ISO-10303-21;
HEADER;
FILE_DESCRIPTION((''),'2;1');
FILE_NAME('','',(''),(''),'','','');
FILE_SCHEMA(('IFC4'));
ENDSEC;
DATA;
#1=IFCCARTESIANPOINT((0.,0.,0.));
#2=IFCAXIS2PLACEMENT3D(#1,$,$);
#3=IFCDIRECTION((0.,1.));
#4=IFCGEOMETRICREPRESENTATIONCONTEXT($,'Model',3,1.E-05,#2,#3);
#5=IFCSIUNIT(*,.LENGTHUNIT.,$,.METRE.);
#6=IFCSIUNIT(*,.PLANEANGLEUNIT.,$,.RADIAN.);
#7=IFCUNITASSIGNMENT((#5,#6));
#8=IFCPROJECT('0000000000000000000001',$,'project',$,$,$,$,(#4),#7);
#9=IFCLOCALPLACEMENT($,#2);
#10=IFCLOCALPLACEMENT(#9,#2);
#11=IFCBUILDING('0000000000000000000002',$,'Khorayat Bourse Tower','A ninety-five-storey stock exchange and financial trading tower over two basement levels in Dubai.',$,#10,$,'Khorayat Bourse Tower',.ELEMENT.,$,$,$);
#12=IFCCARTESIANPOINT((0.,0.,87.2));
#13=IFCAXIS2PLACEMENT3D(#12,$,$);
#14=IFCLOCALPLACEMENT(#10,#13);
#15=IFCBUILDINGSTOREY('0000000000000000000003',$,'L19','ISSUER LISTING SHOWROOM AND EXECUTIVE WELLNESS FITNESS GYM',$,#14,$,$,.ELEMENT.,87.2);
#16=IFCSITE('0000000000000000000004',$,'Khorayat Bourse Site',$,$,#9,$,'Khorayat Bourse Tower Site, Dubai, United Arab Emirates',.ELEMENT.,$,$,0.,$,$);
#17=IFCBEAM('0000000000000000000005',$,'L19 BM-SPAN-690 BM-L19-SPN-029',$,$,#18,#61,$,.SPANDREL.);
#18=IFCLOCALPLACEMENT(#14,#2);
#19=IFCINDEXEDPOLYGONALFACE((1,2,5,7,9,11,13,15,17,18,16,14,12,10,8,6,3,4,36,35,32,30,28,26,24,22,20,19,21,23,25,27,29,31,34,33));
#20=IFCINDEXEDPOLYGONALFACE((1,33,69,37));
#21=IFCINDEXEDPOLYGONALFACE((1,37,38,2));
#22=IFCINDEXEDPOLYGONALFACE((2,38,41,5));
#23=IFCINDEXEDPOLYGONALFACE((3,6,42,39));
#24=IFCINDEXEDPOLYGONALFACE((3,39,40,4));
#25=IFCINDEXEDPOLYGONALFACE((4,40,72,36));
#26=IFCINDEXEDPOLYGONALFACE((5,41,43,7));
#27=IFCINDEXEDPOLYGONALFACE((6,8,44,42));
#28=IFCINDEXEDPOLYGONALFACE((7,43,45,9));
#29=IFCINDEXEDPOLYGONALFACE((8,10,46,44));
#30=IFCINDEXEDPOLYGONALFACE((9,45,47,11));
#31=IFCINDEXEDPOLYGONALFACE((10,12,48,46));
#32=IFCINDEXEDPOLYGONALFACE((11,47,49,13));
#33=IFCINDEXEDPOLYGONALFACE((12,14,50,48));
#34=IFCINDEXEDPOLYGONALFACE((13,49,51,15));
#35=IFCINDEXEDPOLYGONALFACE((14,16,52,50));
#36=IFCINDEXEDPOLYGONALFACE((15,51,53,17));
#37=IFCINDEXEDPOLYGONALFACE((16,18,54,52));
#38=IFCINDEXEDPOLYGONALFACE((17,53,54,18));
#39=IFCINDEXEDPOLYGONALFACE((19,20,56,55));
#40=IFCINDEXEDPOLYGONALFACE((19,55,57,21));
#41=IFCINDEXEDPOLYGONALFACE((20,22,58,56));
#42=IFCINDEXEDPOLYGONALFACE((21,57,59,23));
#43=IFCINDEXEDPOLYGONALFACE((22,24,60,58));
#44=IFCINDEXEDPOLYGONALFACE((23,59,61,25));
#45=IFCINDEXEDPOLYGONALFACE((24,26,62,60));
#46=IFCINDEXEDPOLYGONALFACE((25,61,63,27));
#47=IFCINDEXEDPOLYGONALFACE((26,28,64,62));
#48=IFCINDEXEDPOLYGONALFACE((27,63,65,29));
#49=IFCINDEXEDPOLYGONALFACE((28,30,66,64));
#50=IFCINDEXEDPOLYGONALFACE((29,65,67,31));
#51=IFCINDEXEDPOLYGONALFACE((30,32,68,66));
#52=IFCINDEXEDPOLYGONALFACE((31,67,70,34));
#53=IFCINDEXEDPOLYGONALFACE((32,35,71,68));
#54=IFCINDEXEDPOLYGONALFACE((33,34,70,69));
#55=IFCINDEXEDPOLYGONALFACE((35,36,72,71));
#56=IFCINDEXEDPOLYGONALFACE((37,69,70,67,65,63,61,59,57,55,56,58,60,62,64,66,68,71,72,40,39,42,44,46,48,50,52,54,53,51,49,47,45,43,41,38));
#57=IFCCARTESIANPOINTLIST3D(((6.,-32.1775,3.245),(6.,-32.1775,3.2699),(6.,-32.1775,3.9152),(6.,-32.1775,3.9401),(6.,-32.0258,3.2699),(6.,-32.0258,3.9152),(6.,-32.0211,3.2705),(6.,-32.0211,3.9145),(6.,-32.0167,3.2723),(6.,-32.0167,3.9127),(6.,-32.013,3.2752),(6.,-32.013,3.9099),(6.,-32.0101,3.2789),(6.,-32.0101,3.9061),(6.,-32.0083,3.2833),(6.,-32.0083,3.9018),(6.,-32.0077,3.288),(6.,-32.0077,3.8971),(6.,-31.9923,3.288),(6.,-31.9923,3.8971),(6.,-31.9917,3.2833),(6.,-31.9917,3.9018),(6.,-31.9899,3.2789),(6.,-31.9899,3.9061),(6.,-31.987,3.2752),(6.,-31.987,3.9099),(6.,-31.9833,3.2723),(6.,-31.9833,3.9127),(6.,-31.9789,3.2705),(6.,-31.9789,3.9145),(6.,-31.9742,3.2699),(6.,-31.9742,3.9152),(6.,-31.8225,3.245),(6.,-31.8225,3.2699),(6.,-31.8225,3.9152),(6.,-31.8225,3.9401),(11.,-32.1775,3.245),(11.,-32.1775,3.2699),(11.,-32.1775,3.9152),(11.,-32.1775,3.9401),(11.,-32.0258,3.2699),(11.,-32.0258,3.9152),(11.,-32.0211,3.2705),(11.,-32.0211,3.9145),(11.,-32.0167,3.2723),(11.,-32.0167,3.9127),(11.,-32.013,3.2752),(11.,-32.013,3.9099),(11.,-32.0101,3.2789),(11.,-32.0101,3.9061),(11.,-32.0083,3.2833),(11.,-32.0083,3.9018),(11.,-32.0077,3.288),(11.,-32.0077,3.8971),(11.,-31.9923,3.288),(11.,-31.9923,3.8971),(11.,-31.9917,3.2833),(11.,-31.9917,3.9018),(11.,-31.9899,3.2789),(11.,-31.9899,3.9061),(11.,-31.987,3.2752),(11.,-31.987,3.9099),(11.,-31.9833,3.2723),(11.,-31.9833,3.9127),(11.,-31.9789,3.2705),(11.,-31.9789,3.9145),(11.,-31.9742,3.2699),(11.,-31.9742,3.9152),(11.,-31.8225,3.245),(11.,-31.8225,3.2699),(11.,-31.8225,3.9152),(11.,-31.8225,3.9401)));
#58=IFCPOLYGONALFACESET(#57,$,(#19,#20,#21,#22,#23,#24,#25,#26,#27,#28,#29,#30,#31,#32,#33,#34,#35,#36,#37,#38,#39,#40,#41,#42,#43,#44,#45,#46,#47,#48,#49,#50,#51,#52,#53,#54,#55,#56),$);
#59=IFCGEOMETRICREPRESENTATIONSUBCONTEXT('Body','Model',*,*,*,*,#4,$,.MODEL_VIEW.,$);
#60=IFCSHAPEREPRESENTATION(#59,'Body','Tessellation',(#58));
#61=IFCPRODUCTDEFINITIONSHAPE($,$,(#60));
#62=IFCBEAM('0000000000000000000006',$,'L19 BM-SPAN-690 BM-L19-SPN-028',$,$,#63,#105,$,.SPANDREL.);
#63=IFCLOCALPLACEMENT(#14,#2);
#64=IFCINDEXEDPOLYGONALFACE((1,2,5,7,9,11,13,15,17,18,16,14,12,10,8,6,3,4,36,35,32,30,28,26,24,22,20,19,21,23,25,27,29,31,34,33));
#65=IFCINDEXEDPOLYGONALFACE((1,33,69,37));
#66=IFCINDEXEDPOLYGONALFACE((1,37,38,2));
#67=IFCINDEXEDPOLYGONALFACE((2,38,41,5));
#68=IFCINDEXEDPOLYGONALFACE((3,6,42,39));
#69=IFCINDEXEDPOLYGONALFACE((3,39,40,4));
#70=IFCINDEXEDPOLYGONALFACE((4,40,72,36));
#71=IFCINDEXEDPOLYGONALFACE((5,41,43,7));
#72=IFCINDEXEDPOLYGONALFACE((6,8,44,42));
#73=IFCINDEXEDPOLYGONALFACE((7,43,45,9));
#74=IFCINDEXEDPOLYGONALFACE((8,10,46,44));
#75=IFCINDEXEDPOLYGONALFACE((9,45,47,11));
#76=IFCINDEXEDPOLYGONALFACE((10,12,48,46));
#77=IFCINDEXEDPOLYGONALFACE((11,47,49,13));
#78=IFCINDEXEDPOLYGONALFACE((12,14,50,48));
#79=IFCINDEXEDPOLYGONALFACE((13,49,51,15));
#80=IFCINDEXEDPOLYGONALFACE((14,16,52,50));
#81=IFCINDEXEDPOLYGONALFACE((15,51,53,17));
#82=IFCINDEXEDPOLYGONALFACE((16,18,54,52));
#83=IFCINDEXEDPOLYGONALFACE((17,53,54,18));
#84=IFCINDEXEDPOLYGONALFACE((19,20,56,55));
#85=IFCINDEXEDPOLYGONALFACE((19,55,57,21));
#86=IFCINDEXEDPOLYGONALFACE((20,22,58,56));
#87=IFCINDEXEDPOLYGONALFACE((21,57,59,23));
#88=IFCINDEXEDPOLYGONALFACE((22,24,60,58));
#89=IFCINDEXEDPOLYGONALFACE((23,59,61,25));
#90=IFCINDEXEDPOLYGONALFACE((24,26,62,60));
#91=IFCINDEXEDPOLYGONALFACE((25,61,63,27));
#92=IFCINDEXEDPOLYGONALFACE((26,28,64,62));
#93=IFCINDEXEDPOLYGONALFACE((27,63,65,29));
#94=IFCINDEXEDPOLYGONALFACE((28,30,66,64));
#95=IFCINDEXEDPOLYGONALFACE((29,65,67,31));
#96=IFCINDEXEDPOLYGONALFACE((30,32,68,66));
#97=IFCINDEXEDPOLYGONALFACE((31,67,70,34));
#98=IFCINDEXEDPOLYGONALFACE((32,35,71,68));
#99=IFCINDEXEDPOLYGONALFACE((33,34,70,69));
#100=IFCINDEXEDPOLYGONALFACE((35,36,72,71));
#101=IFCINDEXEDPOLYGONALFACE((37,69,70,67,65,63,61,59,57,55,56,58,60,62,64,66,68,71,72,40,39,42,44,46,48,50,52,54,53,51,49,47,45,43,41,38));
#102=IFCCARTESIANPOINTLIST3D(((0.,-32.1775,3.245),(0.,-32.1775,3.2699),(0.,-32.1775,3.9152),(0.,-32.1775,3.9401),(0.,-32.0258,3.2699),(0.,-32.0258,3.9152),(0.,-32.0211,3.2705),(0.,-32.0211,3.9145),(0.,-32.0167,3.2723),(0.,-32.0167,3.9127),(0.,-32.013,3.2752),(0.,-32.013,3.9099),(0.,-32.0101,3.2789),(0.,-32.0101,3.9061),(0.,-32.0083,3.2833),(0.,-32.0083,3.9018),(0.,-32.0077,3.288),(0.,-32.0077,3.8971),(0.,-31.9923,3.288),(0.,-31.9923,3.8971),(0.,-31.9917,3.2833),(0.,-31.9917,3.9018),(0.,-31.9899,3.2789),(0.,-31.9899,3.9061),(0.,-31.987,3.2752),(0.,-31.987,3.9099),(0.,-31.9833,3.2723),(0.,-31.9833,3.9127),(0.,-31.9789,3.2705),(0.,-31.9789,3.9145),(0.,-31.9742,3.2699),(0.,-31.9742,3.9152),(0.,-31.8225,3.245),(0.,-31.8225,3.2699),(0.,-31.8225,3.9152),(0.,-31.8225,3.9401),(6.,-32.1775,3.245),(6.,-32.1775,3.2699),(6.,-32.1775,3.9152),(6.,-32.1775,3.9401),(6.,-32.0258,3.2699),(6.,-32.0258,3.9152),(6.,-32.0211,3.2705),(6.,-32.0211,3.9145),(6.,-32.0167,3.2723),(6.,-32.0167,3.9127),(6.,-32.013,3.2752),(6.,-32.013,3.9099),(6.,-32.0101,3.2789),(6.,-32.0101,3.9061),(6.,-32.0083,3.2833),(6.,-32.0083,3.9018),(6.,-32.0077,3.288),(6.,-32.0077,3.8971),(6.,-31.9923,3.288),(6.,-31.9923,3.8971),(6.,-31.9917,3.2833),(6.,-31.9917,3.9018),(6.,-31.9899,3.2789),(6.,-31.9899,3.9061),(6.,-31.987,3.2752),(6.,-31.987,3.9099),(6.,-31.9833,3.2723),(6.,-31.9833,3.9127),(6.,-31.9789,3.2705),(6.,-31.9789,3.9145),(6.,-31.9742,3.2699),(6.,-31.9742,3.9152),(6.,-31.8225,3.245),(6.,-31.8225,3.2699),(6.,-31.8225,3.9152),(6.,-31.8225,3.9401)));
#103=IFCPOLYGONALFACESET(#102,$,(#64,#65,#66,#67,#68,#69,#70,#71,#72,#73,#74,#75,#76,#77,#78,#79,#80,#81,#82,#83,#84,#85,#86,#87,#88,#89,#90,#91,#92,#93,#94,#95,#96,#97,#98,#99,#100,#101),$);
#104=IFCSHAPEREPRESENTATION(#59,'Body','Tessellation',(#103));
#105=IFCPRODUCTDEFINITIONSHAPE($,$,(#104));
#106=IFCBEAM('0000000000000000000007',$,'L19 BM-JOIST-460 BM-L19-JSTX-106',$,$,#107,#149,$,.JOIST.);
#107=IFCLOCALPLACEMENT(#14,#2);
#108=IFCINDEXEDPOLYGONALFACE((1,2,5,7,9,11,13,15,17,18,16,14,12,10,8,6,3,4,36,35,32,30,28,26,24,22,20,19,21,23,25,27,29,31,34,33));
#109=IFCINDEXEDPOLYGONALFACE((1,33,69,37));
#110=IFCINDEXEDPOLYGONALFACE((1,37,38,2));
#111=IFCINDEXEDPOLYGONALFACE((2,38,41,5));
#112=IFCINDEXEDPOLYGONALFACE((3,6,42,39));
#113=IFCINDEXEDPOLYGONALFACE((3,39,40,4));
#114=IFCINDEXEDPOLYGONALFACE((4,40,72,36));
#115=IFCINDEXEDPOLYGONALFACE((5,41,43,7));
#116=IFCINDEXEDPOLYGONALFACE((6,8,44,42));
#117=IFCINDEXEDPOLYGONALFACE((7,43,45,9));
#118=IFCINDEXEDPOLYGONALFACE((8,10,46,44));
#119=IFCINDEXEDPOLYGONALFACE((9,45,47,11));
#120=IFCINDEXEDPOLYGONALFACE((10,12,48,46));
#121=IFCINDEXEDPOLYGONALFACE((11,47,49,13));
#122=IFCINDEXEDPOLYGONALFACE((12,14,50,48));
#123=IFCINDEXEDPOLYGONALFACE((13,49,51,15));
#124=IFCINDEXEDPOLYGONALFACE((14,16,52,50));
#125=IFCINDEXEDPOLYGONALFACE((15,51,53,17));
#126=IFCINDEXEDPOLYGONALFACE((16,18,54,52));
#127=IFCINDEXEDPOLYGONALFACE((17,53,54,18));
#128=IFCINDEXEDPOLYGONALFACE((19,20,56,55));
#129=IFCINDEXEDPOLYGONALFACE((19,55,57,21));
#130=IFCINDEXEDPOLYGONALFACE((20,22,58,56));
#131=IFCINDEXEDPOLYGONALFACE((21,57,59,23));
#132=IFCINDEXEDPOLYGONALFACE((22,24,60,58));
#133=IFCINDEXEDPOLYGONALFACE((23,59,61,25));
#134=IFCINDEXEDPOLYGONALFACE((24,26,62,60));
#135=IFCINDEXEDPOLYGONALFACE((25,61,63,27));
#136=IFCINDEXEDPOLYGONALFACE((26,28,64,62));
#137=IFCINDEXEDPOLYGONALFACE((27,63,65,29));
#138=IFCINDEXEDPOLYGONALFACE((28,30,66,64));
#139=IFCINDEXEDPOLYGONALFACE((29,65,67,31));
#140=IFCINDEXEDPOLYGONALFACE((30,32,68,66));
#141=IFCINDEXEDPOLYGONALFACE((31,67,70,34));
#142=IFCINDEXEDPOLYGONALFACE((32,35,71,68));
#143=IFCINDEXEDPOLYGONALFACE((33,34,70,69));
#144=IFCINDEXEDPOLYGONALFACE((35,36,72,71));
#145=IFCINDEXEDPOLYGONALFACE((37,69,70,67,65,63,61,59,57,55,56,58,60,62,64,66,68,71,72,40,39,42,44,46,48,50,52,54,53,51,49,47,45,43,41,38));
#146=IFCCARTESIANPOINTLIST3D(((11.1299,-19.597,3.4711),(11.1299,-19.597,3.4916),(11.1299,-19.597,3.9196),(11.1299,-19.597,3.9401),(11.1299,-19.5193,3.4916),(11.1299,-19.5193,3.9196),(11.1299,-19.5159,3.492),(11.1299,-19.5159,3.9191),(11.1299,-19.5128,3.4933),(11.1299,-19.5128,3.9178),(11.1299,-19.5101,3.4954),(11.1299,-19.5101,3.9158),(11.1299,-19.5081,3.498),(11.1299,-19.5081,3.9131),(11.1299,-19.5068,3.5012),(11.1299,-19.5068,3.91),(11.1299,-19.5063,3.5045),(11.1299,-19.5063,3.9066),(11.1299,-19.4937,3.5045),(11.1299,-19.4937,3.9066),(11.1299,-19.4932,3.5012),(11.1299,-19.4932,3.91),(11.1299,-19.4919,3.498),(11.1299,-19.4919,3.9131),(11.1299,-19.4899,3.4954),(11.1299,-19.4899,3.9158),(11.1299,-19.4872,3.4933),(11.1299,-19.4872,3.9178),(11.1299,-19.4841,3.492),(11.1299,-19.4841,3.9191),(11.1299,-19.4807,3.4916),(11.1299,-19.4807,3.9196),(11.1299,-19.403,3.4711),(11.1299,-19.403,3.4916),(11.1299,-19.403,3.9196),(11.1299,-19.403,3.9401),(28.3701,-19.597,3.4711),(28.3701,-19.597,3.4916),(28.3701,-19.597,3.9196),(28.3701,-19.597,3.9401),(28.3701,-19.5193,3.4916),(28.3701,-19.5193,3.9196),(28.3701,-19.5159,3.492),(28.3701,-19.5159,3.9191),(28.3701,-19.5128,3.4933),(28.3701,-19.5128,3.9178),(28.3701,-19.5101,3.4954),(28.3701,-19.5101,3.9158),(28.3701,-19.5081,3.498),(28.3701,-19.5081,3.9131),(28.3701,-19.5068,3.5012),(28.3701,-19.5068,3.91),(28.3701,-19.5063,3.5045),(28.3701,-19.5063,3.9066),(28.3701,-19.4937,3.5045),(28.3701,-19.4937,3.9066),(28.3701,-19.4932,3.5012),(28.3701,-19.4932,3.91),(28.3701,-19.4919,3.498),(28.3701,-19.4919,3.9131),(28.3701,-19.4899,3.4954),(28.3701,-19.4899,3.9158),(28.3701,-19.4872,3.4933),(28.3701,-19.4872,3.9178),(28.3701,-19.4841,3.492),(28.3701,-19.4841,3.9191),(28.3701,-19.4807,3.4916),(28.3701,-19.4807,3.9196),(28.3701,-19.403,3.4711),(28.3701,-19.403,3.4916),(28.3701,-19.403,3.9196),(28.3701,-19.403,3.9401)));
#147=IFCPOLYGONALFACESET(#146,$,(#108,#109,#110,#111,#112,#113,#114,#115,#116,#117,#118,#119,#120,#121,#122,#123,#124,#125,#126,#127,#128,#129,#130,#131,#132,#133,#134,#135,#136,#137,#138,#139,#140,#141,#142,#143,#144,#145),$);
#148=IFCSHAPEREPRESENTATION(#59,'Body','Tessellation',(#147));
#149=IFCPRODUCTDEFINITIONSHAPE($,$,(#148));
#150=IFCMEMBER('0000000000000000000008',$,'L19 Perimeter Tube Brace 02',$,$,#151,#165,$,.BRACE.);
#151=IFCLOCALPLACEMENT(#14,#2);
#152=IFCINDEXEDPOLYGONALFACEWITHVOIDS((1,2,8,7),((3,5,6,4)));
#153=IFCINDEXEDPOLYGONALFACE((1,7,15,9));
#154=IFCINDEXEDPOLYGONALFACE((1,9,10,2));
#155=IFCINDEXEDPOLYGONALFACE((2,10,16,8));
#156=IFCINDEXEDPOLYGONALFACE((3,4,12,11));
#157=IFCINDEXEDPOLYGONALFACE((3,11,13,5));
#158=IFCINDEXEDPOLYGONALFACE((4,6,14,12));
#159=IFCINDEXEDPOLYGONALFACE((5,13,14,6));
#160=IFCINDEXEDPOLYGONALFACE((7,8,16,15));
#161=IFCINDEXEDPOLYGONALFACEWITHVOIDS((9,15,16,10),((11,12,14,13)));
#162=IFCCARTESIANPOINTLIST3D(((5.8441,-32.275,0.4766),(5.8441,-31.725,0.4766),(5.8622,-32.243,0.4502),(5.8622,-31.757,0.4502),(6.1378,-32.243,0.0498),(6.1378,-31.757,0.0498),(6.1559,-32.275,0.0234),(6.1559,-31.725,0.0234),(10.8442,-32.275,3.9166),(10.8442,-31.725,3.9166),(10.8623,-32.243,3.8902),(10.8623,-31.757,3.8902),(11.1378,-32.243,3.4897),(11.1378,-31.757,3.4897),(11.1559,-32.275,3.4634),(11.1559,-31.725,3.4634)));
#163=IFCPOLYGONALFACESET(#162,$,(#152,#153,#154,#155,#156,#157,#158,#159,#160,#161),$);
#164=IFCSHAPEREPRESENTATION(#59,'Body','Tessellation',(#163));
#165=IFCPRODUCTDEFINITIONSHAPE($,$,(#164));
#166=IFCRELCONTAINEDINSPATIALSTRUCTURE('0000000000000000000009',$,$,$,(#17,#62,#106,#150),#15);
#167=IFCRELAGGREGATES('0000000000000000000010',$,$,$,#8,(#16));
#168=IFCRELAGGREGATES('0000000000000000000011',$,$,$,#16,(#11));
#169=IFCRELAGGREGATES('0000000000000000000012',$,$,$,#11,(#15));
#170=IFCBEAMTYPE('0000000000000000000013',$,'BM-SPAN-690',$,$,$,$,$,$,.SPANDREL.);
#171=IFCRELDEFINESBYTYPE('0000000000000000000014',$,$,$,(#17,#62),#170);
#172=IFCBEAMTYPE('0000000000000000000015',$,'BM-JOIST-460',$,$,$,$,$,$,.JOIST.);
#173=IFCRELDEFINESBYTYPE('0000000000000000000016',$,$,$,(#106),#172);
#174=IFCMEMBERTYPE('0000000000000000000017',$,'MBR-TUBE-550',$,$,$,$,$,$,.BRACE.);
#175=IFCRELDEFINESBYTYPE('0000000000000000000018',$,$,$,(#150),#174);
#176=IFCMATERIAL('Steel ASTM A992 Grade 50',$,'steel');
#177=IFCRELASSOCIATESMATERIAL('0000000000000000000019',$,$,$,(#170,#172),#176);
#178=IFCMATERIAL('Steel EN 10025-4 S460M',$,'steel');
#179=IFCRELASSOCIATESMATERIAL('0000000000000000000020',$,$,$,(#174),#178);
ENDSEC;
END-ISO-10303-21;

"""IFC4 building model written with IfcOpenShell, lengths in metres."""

from ifc_helpers import new_model, si_unit, direction, frame, origin, origin_2d, place, context, subcontext, project, spatial, hollow_rectangle, i_section, extrude, source, transform, mapped, material, material_profile, profile_set, type_object, element, save


model = new_model("IFC4")

# Units and contexts
model_context = context("Model", 3, precision=1e-05, world=origin(), true_north=direction((0.0, 1.0)))
body_context = subcontext(model_context, "Body", "Model", "MODEL_VIEW")
ifc_project = project(units=[si_unit("LENGTHUNIT", "METRE"), si_unit("PLANEANGLEUNIT", "RADIAN")], contexts=[model_context])

# Site, building, storey
site_placement = place(None, origin())
site = spatial("IfcSite", under=ifc_project, at=site_placement, Name="Khorayat Bourse Site", LongName="Khorayat Bourse Tower Site, Dubai, United Arab Emirates", CompositionType="ELEMENT", RefElevation=0.0)
building_placement = place(site_placement, origin())
building = spatial("IfcBuilding", under=site, at=building_placement, Name="Khorayat Bourse Tower", Description="A ninety-five-storey stock exchange and financial trading tower over two basement levels in Dubai.", LongName="Khorayat Bourse Tower", CompositionType="ELEMENT")
storey_placement = place(building_placement, frame((0.0, 0.0, 87.2)))
storey = spatial("IfcBuildingStorey", under=building, at=storey_placement, Name="L19", Description="ISSUER LISTING SHOWROOM AND EXECUTIVE WELLNESS FITNESS GYM", CompositionType="ELEMENT", Elevation=87.2)

# Shared definitions
ifc_material_1 = material(Name="Steel EN 10025-4 S460M", Category="steel")

# Beams
ifc_material_2 = material(Name="Steel ASTM A992 Grade 50", Category="steel")
ifc_material_profile_1 = material_profile(ifc_material_2, i_section(OverallWidth=0.355, OverallDepth=0.6951, WebThickness=0.0154, FlangeThickness=0.0249, FilletRadius=0.0181, at=origin_2d()), Name="W690X217")
ifc_profile_set_1 = profile_set([ifc_material_profile_1], Name="Steel ASTM A992 Grade 50")
beam_type_1 = type_object("IfcBeamType", Name="BM-SPAN-690", PredefinedType="SPANDREL", material=ifc_profile_set_1)
shared_shape_1 = source(origin(), body_context, "Body", "SweptSolid", [
    extrude(i_section(OverallWidth=0.355, OverallDepth=0.6951, WebThickness=0.0154, FlangeThickness=0.0249, FilletRadius=0.0181, at=origin_2d()), origin(), (0.0, 0.0, 1.0), 5.0),
])
beam_1_placement = place(storey_placement, frame((6.0, -32.0, 3.5925), z_axis=(1.0, 0.0, 0.0), x_axis=(0.0, 1.0, 0.0)))
element("IfcBeam", 1, at=beam_1_placement, inside=storey, type_object=beam_type_1, Name="L19 BM-SPAN-690 BM-L19-SPN-029", PredefinedType="SPANDREL", context=body_context, shape_type="MappedRepresentation", body=[
    mapped(shared_shape_1, transform((0.0, 0.0, 0.0), scale=1.0)),
])
shared_shape_2 = source(origin(), body_context, "Body", "SweptSolid", [
    extrude(i_section(OverallWidth=0.355, OverallDepth=0.6951, WebThickness=0.0154, FlangeThickness=0.0249, FilletRadius=0.0181, at=origin_2d()), origin(), (0.0, 0.0, 1.0), 6.0),
])
beam_2_placement = place(storey_placement, frame((0.0, -32.0, 3.5925), z_axis=(1.0, 0.0, 0.0), x_axis=(0.0, 1.0, 0.0)))
element("IfcBeam", 2, at=beam_2_placement, inside=storey, type_object=beam_type_1, Name="L19 BM-SPAN-690 BM-L19-SPN-028", PredefinedType="SPANDREL", context=body_context, shape_type="MappedRepresentation", body=[
    mapped(shared_shape_2, transform((0.0, 0.0, 0.0), scale=1.0)),
])
ifc_material_profile_2 = material_profile(ifc_material_2, i_section(OverallWidth=0.1941, OverallDepth=0.469, WebThickness=0.0127, FlangeThickness=0.0205, FilletRadius=0.0129, at=origin_2d()), Name="W460X106")
ifc_profile_set_2 = profile_set([ifc_material_profile_2], Name="Steel ASTM A992 Grade 50")
beam_type_2 = type_object("IfcBeamType", Name="BM-JOIST-460", PredefinedType="JOIST", material=ifc_profile_set_2)
shared_shape_3 = source(origin(), body_context, "Body", "SweptSolid", [
    extrude(i_section(OverallWidth=0.1941, OverallDepth=0.469, WebThickness=0.0127, FlangeThickness=0.0205, FilletRadius=0.0129, at=origin_2d()), origin(), (0.0, 0.0, 1.0), 17.2402),
])
beam_3_placement = place(storey_placement, frame((11.1299, -19.5, 3.7056), z_axis=(1.0, 0.0, 0.0), x_axis=(0.0, 1.0, 0.0)))
element("IfcBeam", 3, at=beam_3_placement, inside=storey, type_object=beam_type_2, Name="L19 BM-JOIST-460 BM-L19-JSTX-106", PredefinedType="JOIST", context=body_context, shape_type="MappedRepresentation", body=[
    mapped(shared_shape_3, transform((0.0, 0.0, 0.0), scale=1.0)),
])

# Member
ifc_material_profile_3 = material_profile(ifc_material_1, hollow_rectangle(XDim=0.55, YDim=0.55, WallThickness=0.032, at=origin_2d()), Name="HSS 550x550x32")
ifc_profile_set_3 = profile_set([ifc_material_profile_3], Name="Steel EN 10025-4 S460M")
member_type_1 = type_object("IfcMemberType", Name="MBR-TUBE-550", PredefinedType="BRACE", material=ifc_profile_set_3)
shared_shape_4 = source(origin(), body_context, "Body", "SweptSolid", [
    extrude(hollow_rectangle(XDim=0.55, YDim=0.55, WallThickness=0.032, at=origin_2d()), origin(), (0.0, 0.0, 1.0), 6.0691),
])
member_1_placement = place(storey_placement, frame((6.0, -32.0, 0.25), z_axis=(0.823854, 0.0, 0.566802), x_axis=(0.0, 1.0, 0.0)))
element("IfcMember", 4, at=member_1_placement, inside=storey, type_object=member_type_1, Name="L19 Perimeter Tube Brace 02", PredefinedType="BRACE", context=body_context, shape_type="MappedRepresentation", body=[
    mapped(shared_shape_4, transform((0.0, 0.0, 0.0), scale=1.0)),
])

save(model, "model.ifc")
